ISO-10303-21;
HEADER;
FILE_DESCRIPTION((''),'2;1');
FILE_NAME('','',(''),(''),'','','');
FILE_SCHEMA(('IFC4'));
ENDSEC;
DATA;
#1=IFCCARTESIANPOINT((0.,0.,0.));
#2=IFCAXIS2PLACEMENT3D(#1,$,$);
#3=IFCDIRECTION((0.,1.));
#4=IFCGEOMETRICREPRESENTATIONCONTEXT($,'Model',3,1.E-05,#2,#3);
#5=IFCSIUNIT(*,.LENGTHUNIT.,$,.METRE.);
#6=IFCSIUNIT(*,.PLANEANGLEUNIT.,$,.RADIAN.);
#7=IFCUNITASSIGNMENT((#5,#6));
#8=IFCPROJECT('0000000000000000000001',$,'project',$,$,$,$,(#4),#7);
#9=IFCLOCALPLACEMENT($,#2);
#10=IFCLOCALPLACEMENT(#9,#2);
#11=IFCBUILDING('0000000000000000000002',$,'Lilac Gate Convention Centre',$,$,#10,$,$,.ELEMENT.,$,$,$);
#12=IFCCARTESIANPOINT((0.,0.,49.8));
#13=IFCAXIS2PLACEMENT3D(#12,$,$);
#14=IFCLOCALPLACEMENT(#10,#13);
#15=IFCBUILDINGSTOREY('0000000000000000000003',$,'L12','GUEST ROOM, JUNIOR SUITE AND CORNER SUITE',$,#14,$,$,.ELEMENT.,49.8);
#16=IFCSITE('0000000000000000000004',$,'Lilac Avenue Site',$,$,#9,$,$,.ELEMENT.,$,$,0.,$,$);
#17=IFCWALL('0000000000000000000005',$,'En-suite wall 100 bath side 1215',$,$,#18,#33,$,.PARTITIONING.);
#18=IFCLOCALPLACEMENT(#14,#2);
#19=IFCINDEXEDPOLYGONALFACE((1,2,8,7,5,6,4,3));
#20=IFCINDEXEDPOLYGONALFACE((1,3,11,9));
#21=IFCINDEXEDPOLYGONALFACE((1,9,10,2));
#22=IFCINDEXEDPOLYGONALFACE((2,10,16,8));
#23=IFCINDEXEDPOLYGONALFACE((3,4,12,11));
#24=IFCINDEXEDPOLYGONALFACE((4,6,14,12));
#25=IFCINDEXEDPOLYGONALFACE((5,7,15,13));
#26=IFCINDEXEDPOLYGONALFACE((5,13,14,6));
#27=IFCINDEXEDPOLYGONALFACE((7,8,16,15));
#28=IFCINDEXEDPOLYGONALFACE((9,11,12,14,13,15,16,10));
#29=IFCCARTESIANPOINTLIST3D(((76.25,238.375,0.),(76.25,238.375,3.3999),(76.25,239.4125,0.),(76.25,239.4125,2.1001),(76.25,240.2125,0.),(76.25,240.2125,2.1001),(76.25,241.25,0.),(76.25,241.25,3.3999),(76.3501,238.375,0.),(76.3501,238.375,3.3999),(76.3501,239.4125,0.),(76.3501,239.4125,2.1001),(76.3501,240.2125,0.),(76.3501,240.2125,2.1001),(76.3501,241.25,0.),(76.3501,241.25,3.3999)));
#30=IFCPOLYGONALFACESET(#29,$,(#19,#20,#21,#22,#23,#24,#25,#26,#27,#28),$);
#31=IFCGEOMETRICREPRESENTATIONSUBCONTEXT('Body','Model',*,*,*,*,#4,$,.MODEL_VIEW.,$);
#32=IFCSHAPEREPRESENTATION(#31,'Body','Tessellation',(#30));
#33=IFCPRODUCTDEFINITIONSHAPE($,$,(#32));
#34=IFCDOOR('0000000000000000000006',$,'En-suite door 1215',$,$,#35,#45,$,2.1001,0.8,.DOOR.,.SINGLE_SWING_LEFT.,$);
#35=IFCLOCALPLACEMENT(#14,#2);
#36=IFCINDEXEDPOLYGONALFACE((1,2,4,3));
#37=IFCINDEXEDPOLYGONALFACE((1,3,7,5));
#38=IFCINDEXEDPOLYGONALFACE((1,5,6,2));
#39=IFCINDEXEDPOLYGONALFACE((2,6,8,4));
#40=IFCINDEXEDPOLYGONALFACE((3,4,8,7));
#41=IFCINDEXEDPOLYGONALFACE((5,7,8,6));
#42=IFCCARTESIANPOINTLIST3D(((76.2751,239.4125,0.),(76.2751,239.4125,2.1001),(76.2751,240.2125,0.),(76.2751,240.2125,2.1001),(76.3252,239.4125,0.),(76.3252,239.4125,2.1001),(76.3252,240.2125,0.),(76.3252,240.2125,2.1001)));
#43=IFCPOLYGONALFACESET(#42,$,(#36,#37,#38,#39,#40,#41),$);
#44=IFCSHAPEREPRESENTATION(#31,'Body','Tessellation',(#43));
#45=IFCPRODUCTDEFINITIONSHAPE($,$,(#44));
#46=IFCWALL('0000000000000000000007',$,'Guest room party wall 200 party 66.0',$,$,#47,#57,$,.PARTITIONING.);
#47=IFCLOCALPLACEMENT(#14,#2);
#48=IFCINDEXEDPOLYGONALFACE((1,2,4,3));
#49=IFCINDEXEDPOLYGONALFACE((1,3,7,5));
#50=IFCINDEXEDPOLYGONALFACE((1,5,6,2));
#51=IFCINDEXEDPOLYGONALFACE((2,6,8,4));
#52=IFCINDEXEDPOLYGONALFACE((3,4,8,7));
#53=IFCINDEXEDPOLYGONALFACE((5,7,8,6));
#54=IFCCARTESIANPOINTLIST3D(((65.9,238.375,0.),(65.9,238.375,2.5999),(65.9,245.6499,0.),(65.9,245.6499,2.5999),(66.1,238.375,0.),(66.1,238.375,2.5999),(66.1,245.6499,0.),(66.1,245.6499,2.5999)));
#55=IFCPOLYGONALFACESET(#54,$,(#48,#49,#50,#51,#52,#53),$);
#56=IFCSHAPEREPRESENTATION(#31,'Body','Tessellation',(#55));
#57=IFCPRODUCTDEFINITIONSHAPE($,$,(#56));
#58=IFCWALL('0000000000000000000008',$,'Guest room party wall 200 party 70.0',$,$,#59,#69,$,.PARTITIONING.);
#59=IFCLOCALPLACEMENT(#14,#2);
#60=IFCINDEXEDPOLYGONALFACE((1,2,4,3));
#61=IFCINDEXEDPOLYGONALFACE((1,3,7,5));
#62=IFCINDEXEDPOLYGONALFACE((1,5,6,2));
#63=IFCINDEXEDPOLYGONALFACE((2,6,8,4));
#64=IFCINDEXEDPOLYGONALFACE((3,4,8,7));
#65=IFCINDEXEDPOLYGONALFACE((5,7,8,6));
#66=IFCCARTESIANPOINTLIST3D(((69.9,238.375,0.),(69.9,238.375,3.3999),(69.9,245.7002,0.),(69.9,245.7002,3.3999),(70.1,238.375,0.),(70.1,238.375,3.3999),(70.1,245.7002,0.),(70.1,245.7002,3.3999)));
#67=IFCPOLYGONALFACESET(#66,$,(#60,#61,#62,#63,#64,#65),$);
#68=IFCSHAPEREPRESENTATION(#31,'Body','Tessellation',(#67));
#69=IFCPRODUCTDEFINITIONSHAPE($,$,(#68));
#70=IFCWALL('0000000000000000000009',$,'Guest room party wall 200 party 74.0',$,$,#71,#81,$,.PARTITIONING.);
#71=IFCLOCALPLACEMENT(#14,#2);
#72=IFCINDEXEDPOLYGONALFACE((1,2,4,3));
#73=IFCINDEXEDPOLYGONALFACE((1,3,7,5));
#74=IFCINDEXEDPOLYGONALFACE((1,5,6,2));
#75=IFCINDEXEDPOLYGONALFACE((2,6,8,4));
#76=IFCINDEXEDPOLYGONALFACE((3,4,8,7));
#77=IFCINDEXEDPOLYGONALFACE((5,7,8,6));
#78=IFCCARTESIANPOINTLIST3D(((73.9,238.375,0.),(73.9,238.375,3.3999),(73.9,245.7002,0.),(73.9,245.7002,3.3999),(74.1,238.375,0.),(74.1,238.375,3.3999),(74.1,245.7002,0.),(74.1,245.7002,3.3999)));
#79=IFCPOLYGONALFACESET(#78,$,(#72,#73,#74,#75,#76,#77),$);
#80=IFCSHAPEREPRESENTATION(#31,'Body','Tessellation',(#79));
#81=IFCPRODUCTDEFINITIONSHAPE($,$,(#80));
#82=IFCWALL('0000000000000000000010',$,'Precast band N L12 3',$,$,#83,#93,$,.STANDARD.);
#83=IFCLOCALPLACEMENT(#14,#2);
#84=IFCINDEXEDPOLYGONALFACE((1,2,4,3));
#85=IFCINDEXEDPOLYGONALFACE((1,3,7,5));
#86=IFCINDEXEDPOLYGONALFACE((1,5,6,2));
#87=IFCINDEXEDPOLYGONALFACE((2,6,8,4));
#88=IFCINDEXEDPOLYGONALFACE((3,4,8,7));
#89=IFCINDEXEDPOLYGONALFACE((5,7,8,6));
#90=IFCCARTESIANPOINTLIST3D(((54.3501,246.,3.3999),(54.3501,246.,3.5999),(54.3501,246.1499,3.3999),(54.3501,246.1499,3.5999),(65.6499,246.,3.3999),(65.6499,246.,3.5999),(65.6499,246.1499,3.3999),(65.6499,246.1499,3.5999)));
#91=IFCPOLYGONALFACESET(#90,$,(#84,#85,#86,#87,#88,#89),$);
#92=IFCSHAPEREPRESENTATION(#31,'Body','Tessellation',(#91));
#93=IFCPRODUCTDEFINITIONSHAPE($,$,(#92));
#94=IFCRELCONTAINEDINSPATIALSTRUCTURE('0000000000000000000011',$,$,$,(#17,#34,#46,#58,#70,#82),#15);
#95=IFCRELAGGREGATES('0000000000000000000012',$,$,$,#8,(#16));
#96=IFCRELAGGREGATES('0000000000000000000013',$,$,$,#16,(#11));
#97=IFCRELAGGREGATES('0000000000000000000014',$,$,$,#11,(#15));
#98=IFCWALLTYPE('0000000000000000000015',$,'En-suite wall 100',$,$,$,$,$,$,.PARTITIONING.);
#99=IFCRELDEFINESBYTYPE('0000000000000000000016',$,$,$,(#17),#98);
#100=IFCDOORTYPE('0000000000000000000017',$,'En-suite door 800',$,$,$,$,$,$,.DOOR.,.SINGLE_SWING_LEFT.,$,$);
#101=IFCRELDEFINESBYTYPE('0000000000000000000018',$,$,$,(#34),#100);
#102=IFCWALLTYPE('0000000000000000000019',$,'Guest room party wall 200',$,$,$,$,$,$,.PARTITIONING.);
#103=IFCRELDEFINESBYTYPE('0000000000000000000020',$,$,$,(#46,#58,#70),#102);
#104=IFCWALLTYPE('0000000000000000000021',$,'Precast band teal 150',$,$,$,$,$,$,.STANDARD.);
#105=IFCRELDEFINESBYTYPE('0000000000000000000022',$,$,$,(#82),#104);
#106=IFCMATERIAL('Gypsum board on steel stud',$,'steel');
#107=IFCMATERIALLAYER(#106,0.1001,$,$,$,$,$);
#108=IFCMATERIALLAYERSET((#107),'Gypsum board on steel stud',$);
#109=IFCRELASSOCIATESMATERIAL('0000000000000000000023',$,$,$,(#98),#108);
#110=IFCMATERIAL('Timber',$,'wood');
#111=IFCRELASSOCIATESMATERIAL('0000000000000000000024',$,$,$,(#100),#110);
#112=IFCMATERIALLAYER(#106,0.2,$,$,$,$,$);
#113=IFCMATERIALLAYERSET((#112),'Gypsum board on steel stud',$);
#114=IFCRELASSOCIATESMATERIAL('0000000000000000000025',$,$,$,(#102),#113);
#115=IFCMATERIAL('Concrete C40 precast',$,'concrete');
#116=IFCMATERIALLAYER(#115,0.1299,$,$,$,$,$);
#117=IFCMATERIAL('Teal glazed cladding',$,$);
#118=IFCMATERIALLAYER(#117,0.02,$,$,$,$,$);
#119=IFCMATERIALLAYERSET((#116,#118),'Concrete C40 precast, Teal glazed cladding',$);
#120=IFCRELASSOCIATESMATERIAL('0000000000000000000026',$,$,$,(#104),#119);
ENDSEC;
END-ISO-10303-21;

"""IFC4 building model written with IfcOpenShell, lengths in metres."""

from ifc_helpers import new_model, si_unit, direction, frame, frame_2d, origin, place, context, subcontext, project, spatial, rectangle, extrude, material, layer, layer_set, type_object, element, fill, save


model = new_model("IFC4")

# Units and contexts
model_context = context("Model", 3, precision=1e-05, world=origin(), true_north=direction((0.0, 1.0)))
body_context = subcontext(model_context, "Body", "Model", "MODEL_VIEW")
ifc_project = project(units=[si_unit("LENGTHUNIT", "METRE"), si_unit("PLANEANGLEUNIT", "RADIAN")], contexts=[model_context])

# Site, building, storey
site_placement = place(None, origin())
site = spatial("IfcSite", under=ifc_project, at=site_placement, Name="Lilac Avenue Site", CompositionType="ELEMENT", RefElevation=0.0)
building_placement = place(site_placement, origin())
building = spatial("IfcBuilding", under=site, at=building_placement, Name="Lilac Gate Convention Centre", CompositionType="ELEMENT")
storey_placement = place(building_placement, frame((0.0, 0.0, 49.8)))
storey = spatial("IfcBuildingStorey", under=building, at=storey_placement, Name="L12", Description="GUEST ROOM, JUNIOR SUITE AND CORNER SUITE", CompositionType="ELEMENT", Elevation=49.8)

# Shared definitions
ifc_material_1 = material(Name="Gypsum board on steel stud", Category="steel")
ifc_material_2 = material(Name="Timber", Category="wood")

# Shared definitions
ifc_layer_1 = layer(ifc_material_1, 0.1001)
ifc_layer_set_1 = layer_set([ifc_layer_1], Name="Gypsum board on steel stud")
wall_type_1 = type_object("IfcWallType", Name="En-suite wall 100", PredefinedType="PARTITIONING", material=ifc_layer_set_1)

# Shared definitions
door_type_1 = type_object("IfcDoorType", Name="En-suite door 800", OperationType="SINGLE_SWING_LEFT", PredefinedType="DOOR", material=ifc_material_2)

# Wall, opening, door
wall_1_placement = place(storey_placement, frame((76.3, 238.375, 0.0), z_axis=(0.0, 0.0, 1.0), x_axis=(0.0, 1.0, 0.0)))
wall_1 = element("IfcWall", 1, at=wall_1_placement, inside=storey, type_object=wall_type_1, Name="En-suite wall 100 bath side 1215", PredefinedType="PARTITIONING", context=body_context, shape_type="SweptSolid", body=[
    extrude(rectangle(XDim=2.875, YDim=0.1001, at=frame_2d((1.4375, 0.0))), origin(), (0.0, 0.0, 1.0), 3.3999),
])
opening_1_placement = place(wall_1_placement, frame((1.0376, 0.0, 0.0)))
opening_1 = element("IfcOpeningElement", 2, at=opening_1_placement, cuts=wall_1, PredefinedType="OPENING", context=body_context, shape_type="SweptSolid", body=[
    extrude(rectangle(XDim=0.8, YDim=2.1001, at=frame_2d((0.3999, 1.05))), frame((0.0, 0.0601, 0.0), z_axis=(0.0, -1.0, 0.0), x_axis=(1.0, 0.0, 0.0)), (0.0, 0.0, 1.0), 0.1201),
])
door_1_placement = place(opening_1_placement, origin())
door_1 = element("IfcDoor", 3, at=door_1_placement, inside=storey, type_object=door_type_1, Name="En-suite door 1215", OperationType="SINGLE_SWING_LEFT", OverallHeight=2.1001, OverallWidth=0.8, PredefinedType="DOOR", context=body_context, shape_type="SweptSolid", body=[
    extrude(rectangle(XDim=0.8, YDim=2.1001, at=frame_2d((0.3999, 1.05))), frame((0.0, 0.0249, 0.0), z_axis=(0.0, -1.0, 0.0), x_axis=(1.0, 0.0, 0.0)), (0.0, 0.0, 1.0), 0.05),
])
fill(opening_1, door_1)

# Walls
ifc_layer_2 = layer(ifc_material_1, 0.2)
ifc_layer_set_2 = layer_set([ifc_layer_2], Name="Gypsum board on steel stud")
wall_type_2 = type_object("IfcWallType", Name="Guest room party wall 200", PredefinedType="PARTITIONING", material=ifc_layer_set_2)
wall_2_placement = place(storey_placement, frame((66.0, 245.6499, 0.0), z_axis=(0.0, 0.0, 1.0), x_axis=(0.0, -1.0, 0.0)))
element("IfcWall", 4, at=wall_2_placement, inside=storey, type_object=wall_type_2, Name="Guest room party wall 200 party 66.0", PredefinedType="PARTITIONING", context=body_context, shape_type="SweptSolid", body=[
    extrude(rectangle(XDim=7.2749, YDim=0.2, at=frame_2d((3.6375, 0.0))), origin(), (0.0, 0.0, 1.0), 2.5999),
])
for number, where, z_axis, x_axis, name in (
    (5, (70.0, 245.7002, 0.0), (0.0, 0.0, 1.0), (0.0, -1.0, 0.0), "Guest room party wall 200 party 70.0"),
    (6, (74.0, 245.7002, 0.0), (0.0, 0.0, 1.0), (0.0, -1.0, 0.0), "Guest room party wall 200 party 74.0"),
):
    element("IfcWall", number, at=place(storey_placement, frame(where, z_axis=z_axis, x_axis=x_axis)), inside=storey, type_object=wall_type_2, Name=name, PredefinedType="PARTITIONING", context=body_context, shape_type="SweptSolid", body=[
        extrude(rectangle(XDim=7.3252, YDim=0.2, at=frame_2d((3.6626, 0.0))), origin(), (0.0, 0.0, 1.0), 3.3999),
    ])
ifc_material_3 = material(Name="Concrete C40 precast", Category="concrete")
ifc_layer_3 = layer(ifc_material_3, 0.1299)
ifc_material_4 = material(Name="Teal glazed cladding")
ifc_layer_4 = layer(ifc_material_4, 0.02)
ifc_layer_set_3 = layer_set([ifc_layer_3, ifc_layer_4], Name="Concrete C40 precast, Teal glazed cladding")
wall_type_3 = type_object("IfcWallType", Name="Precast band teal 150", PredefinedType="STANDARD", material=ifc_layer_set_3)
wall_3_placement = place(storey_placement, frame((65.6499, 246.075, 3.3999), z_axis=(0.0, 0.0, 1.0), x_axis=(-1.0, 0.0, 0.0)))
element("IfcWall", 7, at=wall_3_placement, inside=storey, type_object=wall_type_3, Name="Precast band N L12 3", PredefinedType="STANDARD", context=body_context, shape_type="SweptSolid", body=[
    extrude(rectangle(XDim=11.2998, YDim=0.1499, at=frame_2d((5.6499, 0.0))), origin(), (0.0, 0.0, 1.0), 0.2),
])

save(model, "model.ifc")
